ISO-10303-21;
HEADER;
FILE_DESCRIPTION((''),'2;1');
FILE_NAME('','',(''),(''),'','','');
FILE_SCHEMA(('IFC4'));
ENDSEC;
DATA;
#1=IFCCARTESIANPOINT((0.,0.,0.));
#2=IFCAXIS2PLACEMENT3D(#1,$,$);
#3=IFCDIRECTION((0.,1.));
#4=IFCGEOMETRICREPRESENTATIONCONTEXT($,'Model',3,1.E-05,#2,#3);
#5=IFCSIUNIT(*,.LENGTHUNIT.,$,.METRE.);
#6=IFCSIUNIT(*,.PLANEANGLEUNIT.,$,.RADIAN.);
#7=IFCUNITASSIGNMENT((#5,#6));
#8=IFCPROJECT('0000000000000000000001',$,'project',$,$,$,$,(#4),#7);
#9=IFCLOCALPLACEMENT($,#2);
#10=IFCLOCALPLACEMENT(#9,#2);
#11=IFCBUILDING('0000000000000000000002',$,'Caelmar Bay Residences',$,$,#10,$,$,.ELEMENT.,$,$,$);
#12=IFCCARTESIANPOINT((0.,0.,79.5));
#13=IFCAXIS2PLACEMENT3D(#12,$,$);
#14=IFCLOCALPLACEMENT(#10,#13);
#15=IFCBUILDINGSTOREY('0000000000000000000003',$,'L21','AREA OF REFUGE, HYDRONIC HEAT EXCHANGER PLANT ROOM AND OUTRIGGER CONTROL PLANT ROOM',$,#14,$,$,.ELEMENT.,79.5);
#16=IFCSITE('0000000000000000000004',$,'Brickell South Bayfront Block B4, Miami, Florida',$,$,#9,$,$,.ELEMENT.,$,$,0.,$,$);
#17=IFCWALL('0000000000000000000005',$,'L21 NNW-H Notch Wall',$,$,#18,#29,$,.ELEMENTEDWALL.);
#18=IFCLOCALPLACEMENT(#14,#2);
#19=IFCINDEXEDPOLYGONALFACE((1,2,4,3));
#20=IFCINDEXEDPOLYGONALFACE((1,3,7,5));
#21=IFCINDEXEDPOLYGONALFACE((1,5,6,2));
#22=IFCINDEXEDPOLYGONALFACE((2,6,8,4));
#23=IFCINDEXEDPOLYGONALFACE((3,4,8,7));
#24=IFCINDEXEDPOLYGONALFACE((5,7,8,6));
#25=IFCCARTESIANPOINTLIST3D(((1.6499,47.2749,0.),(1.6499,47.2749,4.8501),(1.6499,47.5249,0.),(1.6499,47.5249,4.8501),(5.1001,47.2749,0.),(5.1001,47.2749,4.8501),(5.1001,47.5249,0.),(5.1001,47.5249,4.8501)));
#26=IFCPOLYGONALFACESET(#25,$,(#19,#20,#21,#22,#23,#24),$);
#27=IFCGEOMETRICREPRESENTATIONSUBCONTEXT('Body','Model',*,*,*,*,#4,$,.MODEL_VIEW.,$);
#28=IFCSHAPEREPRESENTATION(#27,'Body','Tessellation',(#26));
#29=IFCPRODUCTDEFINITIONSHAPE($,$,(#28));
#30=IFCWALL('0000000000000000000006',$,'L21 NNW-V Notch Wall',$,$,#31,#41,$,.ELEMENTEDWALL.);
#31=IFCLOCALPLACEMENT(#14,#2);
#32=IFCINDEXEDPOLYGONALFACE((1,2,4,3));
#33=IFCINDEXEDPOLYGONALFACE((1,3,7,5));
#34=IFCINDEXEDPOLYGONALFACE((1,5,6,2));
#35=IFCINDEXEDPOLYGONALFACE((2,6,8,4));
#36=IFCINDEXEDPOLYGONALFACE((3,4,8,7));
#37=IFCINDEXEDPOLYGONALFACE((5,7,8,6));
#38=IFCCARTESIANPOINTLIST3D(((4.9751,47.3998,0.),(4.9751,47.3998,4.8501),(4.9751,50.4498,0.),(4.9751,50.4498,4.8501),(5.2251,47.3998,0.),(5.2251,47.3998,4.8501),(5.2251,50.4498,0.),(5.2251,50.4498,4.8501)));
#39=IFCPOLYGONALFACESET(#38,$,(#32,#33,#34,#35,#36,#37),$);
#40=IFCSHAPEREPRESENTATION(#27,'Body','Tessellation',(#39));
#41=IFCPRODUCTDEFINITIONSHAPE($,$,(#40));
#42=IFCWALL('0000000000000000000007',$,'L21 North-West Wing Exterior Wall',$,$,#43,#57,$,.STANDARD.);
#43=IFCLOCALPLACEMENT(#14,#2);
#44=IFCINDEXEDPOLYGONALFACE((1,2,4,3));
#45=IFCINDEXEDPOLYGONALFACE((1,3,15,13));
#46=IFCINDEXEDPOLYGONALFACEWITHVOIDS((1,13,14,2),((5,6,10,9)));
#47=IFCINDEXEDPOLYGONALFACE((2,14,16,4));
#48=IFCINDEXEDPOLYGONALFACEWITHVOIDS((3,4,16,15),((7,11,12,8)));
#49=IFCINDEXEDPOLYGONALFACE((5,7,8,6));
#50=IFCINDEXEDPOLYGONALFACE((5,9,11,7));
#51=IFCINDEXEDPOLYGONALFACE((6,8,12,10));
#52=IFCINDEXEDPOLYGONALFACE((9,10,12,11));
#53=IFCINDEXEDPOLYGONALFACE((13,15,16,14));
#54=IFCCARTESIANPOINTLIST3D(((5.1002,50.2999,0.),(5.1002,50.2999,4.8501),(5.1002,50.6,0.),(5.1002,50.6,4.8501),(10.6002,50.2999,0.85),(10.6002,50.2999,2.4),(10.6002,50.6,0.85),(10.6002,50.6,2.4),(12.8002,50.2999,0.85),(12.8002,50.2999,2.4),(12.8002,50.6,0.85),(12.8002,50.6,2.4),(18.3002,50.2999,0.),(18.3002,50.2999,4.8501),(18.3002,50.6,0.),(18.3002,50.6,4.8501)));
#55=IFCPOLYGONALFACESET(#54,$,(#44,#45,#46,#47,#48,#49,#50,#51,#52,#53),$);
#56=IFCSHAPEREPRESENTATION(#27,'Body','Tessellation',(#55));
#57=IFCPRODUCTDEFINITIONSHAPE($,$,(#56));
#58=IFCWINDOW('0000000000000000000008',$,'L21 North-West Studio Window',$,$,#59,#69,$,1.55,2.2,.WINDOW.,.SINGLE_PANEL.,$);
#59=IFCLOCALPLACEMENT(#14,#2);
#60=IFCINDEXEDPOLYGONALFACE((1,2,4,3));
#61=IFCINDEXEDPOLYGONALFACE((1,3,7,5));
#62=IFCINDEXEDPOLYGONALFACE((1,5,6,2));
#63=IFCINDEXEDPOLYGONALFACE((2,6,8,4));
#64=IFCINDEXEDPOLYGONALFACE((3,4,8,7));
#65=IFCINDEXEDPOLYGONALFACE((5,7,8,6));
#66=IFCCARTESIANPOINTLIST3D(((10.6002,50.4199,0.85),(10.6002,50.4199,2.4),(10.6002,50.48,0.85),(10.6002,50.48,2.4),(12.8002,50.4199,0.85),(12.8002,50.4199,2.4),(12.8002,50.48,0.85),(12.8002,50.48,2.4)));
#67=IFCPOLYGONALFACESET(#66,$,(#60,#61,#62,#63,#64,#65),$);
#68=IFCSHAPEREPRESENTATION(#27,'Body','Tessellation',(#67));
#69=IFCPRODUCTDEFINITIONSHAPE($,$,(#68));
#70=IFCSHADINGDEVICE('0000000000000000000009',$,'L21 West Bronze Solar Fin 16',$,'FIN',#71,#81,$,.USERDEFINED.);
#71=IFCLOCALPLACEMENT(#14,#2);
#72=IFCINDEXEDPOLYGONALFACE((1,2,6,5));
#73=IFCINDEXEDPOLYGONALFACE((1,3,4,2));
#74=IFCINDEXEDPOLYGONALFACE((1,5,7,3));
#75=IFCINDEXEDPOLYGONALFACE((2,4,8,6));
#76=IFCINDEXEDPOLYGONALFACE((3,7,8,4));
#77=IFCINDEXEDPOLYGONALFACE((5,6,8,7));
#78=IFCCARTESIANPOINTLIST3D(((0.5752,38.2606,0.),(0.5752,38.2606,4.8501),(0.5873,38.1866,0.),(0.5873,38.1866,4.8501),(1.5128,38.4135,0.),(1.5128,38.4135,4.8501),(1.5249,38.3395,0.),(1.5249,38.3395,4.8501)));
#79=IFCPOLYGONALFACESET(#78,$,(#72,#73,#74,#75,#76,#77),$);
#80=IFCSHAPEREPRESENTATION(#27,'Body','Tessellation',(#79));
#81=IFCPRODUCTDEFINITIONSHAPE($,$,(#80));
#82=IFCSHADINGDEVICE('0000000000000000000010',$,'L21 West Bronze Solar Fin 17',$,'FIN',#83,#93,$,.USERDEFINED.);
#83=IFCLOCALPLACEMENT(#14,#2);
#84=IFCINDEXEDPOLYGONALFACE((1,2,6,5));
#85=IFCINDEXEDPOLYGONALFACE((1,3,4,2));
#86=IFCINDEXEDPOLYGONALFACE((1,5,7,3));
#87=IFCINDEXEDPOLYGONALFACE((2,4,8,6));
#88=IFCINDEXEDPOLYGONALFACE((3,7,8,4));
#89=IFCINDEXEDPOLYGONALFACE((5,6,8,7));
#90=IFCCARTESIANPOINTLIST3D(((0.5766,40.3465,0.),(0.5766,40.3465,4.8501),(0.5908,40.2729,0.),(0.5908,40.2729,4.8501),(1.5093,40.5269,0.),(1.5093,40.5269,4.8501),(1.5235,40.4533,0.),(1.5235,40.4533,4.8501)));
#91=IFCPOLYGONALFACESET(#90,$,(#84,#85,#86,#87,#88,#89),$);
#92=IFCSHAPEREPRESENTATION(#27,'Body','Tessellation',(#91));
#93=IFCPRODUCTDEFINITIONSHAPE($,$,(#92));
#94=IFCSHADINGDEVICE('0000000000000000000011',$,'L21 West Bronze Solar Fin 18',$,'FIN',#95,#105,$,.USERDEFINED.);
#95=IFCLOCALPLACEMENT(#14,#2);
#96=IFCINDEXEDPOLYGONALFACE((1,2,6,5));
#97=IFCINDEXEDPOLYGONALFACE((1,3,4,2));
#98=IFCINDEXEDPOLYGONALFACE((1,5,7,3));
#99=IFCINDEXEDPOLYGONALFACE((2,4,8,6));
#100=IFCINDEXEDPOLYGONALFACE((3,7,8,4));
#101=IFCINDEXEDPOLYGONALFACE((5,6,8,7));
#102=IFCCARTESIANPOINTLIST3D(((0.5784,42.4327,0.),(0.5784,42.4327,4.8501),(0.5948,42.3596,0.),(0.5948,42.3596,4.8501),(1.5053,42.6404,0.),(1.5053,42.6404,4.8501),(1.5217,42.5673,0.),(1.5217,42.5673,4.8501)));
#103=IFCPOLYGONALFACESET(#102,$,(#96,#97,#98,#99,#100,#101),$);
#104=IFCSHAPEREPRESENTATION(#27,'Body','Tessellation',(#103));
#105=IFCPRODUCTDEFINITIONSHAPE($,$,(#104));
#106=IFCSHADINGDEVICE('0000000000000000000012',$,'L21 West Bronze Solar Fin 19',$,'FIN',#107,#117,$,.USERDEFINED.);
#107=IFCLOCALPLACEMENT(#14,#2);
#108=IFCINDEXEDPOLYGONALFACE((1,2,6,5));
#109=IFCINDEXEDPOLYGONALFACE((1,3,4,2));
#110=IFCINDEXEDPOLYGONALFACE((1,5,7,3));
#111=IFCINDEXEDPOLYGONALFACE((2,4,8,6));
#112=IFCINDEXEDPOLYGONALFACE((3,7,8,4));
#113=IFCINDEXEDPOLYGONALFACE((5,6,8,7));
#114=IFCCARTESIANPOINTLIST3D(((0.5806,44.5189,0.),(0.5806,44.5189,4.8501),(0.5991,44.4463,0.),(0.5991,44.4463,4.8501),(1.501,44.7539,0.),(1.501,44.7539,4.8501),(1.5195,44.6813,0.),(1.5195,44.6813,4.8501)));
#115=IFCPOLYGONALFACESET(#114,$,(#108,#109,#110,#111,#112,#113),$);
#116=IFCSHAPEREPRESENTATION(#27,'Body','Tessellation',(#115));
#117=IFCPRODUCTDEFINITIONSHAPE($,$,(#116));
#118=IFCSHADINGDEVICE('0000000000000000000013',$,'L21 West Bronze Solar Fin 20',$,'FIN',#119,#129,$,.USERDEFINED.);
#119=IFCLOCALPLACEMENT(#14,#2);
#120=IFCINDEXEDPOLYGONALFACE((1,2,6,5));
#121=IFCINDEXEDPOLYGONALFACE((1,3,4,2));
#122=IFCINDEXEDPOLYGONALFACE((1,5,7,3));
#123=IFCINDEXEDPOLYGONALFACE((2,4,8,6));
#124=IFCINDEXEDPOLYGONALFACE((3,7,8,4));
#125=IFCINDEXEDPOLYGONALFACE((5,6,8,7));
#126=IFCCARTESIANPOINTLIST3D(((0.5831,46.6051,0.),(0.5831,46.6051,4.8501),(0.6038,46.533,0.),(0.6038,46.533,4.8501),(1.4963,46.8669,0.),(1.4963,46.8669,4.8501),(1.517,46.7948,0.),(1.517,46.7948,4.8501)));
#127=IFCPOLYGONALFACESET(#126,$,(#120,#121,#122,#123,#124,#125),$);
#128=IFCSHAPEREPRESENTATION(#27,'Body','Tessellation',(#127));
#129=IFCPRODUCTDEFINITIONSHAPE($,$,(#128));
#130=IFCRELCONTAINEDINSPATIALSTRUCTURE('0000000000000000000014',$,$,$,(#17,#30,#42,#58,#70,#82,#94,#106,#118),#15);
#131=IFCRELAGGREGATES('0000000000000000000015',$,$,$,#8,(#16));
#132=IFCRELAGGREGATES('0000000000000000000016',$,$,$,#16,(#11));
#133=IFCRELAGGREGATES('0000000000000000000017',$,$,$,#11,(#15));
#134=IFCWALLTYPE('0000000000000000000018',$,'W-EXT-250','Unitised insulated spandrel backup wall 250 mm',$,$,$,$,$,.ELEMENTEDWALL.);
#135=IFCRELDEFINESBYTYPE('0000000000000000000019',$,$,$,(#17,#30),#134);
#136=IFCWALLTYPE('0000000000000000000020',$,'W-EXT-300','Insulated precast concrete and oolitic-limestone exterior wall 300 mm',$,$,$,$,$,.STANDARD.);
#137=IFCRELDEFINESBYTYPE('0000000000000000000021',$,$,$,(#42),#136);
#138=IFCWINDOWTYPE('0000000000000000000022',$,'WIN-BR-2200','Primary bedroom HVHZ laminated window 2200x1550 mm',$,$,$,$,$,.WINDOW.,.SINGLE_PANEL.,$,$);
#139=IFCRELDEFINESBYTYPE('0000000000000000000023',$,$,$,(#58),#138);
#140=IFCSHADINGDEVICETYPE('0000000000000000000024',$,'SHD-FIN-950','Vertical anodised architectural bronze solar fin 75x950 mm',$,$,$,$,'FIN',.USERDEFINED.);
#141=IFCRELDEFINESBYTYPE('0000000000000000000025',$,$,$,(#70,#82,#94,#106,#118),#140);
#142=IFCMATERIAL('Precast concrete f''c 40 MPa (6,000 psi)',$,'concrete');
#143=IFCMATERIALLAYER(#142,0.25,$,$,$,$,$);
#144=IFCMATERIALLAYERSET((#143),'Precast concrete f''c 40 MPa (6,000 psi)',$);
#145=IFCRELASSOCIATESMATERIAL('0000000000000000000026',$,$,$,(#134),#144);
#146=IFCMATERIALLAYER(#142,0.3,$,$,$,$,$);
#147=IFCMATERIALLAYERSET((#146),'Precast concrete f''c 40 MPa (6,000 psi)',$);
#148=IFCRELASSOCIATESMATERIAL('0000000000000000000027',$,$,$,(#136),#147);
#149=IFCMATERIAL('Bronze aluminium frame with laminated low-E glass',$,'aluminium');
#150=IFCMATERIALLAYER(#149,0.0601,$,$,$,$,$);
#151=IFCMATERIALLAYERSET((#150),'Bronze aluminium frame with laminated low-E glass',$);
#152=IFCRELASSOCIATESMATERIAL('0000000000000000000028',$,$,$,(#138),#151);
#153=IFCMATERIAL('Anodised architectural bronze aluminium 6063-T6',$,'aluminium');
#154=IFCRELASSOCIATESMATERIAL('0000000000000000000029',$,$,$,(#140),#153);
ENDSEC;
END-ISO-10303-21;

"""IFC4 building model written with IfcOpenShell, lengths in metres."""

from ifc_helpers import new_model, si_unit, direction, frame, frame_2d, origin, origin_2d, place, context, subcontext, project, spatial, rectangle, extrude, material, layer, layer_set, material_profile, profile_set, type_object, element, fill, save


model = new_model("IFC4")

# Units and contexts
model_context = context("Model", 3, precision=1e-05, world=origin(), true_north=direction((0.0, 1.0)))
body_context = subcontext(model_context, "Body", "Model", "MODEL_VIEW")
ifc_project = project(units=[si_unit("LENGTHUNIT", "METRE"), si_unit("PLANEANGLEUNIT", "RADIAN")], contexts=[model_context])

# Site, building, storey
site_placement = place(None, origin())
site = spatial("IfcSite", under=ifc_project, at=site_placement, Name="Brickell South Bayfront Block B4, Miami, Florida", CompositionType="ELEMENT", RefElevation=0.0)
building_placement = place(site_placement, origin())
building = spatial("IfcBuilding", under=site, at=building_placement, Name="Caelmar Bay Residences", CompositionType="ELEMENT")
storey_placement = place(building_placement, frame((0.0, 0.0, 79.5)))
storey = spatial("IfcBuildingStorey", under=building, at=storey_placement, Name="L21", Description="AREA OF REFUGE, HYDRONIC HEAT EXCHANGER PLANT ROOM AND OUTRIGGER CONTROL PLANT ROOM", CompositionType="ELEMENT", Elevation=79.5)

# Walls
ifc_material_1 = material(Name="Precast concrete f'c 40 MPa (6,000 psi)", Category="concrete")
ifc_layer_1 = layer(ifc_material_1, 0.25)
ifc_layer_set_1 = layer_set([ifc_layer_1], Name="Precast concrete f'c 40 MPa (6,000 psi)")
wall_type_1 = type_object("IfcWallType", Name="W-EXT-250", Description="Unitised insulated spandrel backup wall 250 mm", PredefinedType="ELEMENTEDWALL", material=ifc_layer_set_1)
wall_1_placement = place(storey_placement, frame((1.6499, 47.3999, 0.0), z_axis=(0.0, 0.0, 1.0), x_axis=(1.0, 0.0, 0.0)))
element("IfcWall", 1, at=wall_1_placement, inside=storey, type_object=wall_type_1, Name="L21 NNW-H Notch Wall", PredefinedType="ELEMENTEDWALL", context=body_context, shape_type="SweptSolid", body=[
    extrude(rectangle(XDim=3.4502, YDim=0.25, at=frame_2d((1.7251, 0.0))), origin(), (0.0, 0.0, 1.0), 4.8501),
])
wall_2_placement = place(storey_placement, frame((5.1001, 47.3999, 0.0), z_axis=(0.0, 0.0, 1.0), x_axis=(0.0, 1.0, 0.0)))
element("IfcWall", 2, at=wall_2_placement, inside=storey, type_object=wall_type_1, Name="L21 NNW-V Notch Wall", PredefinedType="ELEMENTEDWALL", context=body_context, shape_type="SweptSolid", body=[
    extrude(rectangle(XDim=3.05, YDim=0.25, at=frame_2d((1.5249, 0.0))), origin(), (0.0, 0.0, 1.0), 4.8501),
])

# Wall, opening, window
ifc_layer_2 = layer(ifc_material_1, 0.3)
ifc_layer_set_2 = layer_set([ifc_layer_2], Name="Precast concrete f'c 40 MPa (6,000 psi)")
wall_type_2 = type_object("IfcWallType", Name="W-EXT-300", Description="Insulated precast concrete and oolitic-limestone exterior wall 300 mm", PredefinedType="STANDARD", material=ifc_layer_set_2)
wall_3_placement = place(storey_placement, frame((5.1001, 50.45, 0.0), z_axis=(0.0, 0.0, 1.0), x_axis=(1.0, 0.0, 0.0)))
wall_3 = element("IfcWall", 3, at=wall_3_placement, inside=storey, type_object=wall_type_2, Name="L21 North-West Wing Exterior Wall", PredefinedType="STANDARD", context=body_context, shape_type="SweptSolid", body=[
    extrude(rectangle(XDim=13.2, YDim=0.3, at=frame_2d((6.6001, 0.0))), origin(), (0.0, 0.0, 1.0), 4.8501),
])
opening_1_placement = place(wall_3_placement, frame((5.5, 0.0, 0.8501)))
opening_1 = element("IfcOpeningElement", 4, at=opening_1_placement, cuts=wall_3, PredefinedType="OPENING", context=body_context, shape_type="SweptSolid", body=[
    extrude(rectangle(XDim=2.2, YDim=1.55, at=frame_2d((1.1001, 0.7749))), frame((0.0, 0.1599, 0.0), z_axis=(0.0, -1.0, 0.0), x_axis=(1.0, 0.0, 0.0)), (0.0, 0.0, 1.0), 0.3201),
])
ifc_material_2 = material(Name="Bronze aluminium frame with laminated low-E glass", Category="aluminium")
ifc_layer_3 = layer(ifc_material_2, 0.0601)
ifc_layer_set_3 = layer_set([ifc_layer_3], Name="Bronze aluminium frame with laminated low-E glass")
window_type = type_object("IfcWindowType", Name="WIN-BR-2200", Description="Primary bedroom HVHZ laminated window 2200x1550 mm", PartitioningType="SINGLE_PANEL", PredefinedType="WINDOW", material=ifc_layer_set_3)
window_placement = place(opening_1_placement, origin())
window = element("IfcWindow", 5, at=window_placement, inside=storey, type_object=window_type, Name="L21 North-West Studio Window", OverallHeight=1.55, OverallWidth=2.2, PartitioningType="SINGLE_PANEL", PredefinedType="WINDOW", context=body_context, shape_type="SweptSolid", body=[
    extrude(rectangle(XDim=2.2, YDim=1.55, at=frame_2d((1.1001, 0.7749))), frame((0.0, 0.03, 0.0), z_axis=(0.0, -1.0, 0.0), x_axis=(1.0, 0.0, 0.0)), (0.0, 0.0, 1.0), 0.0601),
])
fill(opening_1, window)

# Shading devices
ifc_material_3 = material(Name="Anodised architectural bronze aluminium 6063-T6", Category="aluminium")
ifc_material_profile_1 = material_profile(ifc_material_3, rectangle(XDim=0.075, YDim=0.95, at=origin_2d()), Name="BRONZE-FIN-75X950")
ifc_profile_set_1 = profile_set([ifc_material_profile_1], Name="Anodised architectural bronze aluminium 6063-T6")
shading_device_type = type_object("IfcShadingDeviceType", Name="SHD-FIN-950", Description="Vertical anodised architectural bronze solar fin 75x950 mm", ElementType="FIN", PredefinedType="USERDEFINED", material=ifc_profile_set_1)
for number, where, z_axis, x_axis, name in (
    (6, (1.05, 38.3, 0.0), (0.0, 0.0, 1.0), (-0.160915, 0.986968, 0.0), "L21 West Bronze Solar Fin 16"),
    (7, (1.05, 40.3999, 0.0), (0.0, 0.0, 1.0), (-0.189952, 0.981793, 0.0), "L21 West Bronze Solar Fin 17"),
    (8, (1.05, 42.5, 0.0), (0.0, 0.0, 1.0), (-0.218654, 0.975802, 0.0), "L21 West Bronze Solar Fin 18"),
    (9, (1.05, 44.6001, 0.0), (0.0, 0.0, 1.0), (-0.247337, 0.968929, 0.0), "L21 West Bronze Solar Fin 19"),
    (10, (1.05, 46.7, 0.0), (0.0, 0.0, 1.0), (-0.275637, 0.961262, 0.0), "L21 West Bronze Solar Fin 20"),
):
    element("IfcShadingDevice", number, at=place(storey_placement, frame(where, z_axis=z_axis, x_axis=x_axis)), inside=storey, type_object=shading_device_type, Name=name, ObjectType="FIN", PredefinedType="USERDEFINED", context=body_context, shape_type="SweptSolid", body=[
        extrude(rectangle(XDim=0.075, YDim=0.95, at=origin_2d()), origin(), (0.0, 0.0, 1.0), 4.8501),
    ])

save(model, "model.ifc")
